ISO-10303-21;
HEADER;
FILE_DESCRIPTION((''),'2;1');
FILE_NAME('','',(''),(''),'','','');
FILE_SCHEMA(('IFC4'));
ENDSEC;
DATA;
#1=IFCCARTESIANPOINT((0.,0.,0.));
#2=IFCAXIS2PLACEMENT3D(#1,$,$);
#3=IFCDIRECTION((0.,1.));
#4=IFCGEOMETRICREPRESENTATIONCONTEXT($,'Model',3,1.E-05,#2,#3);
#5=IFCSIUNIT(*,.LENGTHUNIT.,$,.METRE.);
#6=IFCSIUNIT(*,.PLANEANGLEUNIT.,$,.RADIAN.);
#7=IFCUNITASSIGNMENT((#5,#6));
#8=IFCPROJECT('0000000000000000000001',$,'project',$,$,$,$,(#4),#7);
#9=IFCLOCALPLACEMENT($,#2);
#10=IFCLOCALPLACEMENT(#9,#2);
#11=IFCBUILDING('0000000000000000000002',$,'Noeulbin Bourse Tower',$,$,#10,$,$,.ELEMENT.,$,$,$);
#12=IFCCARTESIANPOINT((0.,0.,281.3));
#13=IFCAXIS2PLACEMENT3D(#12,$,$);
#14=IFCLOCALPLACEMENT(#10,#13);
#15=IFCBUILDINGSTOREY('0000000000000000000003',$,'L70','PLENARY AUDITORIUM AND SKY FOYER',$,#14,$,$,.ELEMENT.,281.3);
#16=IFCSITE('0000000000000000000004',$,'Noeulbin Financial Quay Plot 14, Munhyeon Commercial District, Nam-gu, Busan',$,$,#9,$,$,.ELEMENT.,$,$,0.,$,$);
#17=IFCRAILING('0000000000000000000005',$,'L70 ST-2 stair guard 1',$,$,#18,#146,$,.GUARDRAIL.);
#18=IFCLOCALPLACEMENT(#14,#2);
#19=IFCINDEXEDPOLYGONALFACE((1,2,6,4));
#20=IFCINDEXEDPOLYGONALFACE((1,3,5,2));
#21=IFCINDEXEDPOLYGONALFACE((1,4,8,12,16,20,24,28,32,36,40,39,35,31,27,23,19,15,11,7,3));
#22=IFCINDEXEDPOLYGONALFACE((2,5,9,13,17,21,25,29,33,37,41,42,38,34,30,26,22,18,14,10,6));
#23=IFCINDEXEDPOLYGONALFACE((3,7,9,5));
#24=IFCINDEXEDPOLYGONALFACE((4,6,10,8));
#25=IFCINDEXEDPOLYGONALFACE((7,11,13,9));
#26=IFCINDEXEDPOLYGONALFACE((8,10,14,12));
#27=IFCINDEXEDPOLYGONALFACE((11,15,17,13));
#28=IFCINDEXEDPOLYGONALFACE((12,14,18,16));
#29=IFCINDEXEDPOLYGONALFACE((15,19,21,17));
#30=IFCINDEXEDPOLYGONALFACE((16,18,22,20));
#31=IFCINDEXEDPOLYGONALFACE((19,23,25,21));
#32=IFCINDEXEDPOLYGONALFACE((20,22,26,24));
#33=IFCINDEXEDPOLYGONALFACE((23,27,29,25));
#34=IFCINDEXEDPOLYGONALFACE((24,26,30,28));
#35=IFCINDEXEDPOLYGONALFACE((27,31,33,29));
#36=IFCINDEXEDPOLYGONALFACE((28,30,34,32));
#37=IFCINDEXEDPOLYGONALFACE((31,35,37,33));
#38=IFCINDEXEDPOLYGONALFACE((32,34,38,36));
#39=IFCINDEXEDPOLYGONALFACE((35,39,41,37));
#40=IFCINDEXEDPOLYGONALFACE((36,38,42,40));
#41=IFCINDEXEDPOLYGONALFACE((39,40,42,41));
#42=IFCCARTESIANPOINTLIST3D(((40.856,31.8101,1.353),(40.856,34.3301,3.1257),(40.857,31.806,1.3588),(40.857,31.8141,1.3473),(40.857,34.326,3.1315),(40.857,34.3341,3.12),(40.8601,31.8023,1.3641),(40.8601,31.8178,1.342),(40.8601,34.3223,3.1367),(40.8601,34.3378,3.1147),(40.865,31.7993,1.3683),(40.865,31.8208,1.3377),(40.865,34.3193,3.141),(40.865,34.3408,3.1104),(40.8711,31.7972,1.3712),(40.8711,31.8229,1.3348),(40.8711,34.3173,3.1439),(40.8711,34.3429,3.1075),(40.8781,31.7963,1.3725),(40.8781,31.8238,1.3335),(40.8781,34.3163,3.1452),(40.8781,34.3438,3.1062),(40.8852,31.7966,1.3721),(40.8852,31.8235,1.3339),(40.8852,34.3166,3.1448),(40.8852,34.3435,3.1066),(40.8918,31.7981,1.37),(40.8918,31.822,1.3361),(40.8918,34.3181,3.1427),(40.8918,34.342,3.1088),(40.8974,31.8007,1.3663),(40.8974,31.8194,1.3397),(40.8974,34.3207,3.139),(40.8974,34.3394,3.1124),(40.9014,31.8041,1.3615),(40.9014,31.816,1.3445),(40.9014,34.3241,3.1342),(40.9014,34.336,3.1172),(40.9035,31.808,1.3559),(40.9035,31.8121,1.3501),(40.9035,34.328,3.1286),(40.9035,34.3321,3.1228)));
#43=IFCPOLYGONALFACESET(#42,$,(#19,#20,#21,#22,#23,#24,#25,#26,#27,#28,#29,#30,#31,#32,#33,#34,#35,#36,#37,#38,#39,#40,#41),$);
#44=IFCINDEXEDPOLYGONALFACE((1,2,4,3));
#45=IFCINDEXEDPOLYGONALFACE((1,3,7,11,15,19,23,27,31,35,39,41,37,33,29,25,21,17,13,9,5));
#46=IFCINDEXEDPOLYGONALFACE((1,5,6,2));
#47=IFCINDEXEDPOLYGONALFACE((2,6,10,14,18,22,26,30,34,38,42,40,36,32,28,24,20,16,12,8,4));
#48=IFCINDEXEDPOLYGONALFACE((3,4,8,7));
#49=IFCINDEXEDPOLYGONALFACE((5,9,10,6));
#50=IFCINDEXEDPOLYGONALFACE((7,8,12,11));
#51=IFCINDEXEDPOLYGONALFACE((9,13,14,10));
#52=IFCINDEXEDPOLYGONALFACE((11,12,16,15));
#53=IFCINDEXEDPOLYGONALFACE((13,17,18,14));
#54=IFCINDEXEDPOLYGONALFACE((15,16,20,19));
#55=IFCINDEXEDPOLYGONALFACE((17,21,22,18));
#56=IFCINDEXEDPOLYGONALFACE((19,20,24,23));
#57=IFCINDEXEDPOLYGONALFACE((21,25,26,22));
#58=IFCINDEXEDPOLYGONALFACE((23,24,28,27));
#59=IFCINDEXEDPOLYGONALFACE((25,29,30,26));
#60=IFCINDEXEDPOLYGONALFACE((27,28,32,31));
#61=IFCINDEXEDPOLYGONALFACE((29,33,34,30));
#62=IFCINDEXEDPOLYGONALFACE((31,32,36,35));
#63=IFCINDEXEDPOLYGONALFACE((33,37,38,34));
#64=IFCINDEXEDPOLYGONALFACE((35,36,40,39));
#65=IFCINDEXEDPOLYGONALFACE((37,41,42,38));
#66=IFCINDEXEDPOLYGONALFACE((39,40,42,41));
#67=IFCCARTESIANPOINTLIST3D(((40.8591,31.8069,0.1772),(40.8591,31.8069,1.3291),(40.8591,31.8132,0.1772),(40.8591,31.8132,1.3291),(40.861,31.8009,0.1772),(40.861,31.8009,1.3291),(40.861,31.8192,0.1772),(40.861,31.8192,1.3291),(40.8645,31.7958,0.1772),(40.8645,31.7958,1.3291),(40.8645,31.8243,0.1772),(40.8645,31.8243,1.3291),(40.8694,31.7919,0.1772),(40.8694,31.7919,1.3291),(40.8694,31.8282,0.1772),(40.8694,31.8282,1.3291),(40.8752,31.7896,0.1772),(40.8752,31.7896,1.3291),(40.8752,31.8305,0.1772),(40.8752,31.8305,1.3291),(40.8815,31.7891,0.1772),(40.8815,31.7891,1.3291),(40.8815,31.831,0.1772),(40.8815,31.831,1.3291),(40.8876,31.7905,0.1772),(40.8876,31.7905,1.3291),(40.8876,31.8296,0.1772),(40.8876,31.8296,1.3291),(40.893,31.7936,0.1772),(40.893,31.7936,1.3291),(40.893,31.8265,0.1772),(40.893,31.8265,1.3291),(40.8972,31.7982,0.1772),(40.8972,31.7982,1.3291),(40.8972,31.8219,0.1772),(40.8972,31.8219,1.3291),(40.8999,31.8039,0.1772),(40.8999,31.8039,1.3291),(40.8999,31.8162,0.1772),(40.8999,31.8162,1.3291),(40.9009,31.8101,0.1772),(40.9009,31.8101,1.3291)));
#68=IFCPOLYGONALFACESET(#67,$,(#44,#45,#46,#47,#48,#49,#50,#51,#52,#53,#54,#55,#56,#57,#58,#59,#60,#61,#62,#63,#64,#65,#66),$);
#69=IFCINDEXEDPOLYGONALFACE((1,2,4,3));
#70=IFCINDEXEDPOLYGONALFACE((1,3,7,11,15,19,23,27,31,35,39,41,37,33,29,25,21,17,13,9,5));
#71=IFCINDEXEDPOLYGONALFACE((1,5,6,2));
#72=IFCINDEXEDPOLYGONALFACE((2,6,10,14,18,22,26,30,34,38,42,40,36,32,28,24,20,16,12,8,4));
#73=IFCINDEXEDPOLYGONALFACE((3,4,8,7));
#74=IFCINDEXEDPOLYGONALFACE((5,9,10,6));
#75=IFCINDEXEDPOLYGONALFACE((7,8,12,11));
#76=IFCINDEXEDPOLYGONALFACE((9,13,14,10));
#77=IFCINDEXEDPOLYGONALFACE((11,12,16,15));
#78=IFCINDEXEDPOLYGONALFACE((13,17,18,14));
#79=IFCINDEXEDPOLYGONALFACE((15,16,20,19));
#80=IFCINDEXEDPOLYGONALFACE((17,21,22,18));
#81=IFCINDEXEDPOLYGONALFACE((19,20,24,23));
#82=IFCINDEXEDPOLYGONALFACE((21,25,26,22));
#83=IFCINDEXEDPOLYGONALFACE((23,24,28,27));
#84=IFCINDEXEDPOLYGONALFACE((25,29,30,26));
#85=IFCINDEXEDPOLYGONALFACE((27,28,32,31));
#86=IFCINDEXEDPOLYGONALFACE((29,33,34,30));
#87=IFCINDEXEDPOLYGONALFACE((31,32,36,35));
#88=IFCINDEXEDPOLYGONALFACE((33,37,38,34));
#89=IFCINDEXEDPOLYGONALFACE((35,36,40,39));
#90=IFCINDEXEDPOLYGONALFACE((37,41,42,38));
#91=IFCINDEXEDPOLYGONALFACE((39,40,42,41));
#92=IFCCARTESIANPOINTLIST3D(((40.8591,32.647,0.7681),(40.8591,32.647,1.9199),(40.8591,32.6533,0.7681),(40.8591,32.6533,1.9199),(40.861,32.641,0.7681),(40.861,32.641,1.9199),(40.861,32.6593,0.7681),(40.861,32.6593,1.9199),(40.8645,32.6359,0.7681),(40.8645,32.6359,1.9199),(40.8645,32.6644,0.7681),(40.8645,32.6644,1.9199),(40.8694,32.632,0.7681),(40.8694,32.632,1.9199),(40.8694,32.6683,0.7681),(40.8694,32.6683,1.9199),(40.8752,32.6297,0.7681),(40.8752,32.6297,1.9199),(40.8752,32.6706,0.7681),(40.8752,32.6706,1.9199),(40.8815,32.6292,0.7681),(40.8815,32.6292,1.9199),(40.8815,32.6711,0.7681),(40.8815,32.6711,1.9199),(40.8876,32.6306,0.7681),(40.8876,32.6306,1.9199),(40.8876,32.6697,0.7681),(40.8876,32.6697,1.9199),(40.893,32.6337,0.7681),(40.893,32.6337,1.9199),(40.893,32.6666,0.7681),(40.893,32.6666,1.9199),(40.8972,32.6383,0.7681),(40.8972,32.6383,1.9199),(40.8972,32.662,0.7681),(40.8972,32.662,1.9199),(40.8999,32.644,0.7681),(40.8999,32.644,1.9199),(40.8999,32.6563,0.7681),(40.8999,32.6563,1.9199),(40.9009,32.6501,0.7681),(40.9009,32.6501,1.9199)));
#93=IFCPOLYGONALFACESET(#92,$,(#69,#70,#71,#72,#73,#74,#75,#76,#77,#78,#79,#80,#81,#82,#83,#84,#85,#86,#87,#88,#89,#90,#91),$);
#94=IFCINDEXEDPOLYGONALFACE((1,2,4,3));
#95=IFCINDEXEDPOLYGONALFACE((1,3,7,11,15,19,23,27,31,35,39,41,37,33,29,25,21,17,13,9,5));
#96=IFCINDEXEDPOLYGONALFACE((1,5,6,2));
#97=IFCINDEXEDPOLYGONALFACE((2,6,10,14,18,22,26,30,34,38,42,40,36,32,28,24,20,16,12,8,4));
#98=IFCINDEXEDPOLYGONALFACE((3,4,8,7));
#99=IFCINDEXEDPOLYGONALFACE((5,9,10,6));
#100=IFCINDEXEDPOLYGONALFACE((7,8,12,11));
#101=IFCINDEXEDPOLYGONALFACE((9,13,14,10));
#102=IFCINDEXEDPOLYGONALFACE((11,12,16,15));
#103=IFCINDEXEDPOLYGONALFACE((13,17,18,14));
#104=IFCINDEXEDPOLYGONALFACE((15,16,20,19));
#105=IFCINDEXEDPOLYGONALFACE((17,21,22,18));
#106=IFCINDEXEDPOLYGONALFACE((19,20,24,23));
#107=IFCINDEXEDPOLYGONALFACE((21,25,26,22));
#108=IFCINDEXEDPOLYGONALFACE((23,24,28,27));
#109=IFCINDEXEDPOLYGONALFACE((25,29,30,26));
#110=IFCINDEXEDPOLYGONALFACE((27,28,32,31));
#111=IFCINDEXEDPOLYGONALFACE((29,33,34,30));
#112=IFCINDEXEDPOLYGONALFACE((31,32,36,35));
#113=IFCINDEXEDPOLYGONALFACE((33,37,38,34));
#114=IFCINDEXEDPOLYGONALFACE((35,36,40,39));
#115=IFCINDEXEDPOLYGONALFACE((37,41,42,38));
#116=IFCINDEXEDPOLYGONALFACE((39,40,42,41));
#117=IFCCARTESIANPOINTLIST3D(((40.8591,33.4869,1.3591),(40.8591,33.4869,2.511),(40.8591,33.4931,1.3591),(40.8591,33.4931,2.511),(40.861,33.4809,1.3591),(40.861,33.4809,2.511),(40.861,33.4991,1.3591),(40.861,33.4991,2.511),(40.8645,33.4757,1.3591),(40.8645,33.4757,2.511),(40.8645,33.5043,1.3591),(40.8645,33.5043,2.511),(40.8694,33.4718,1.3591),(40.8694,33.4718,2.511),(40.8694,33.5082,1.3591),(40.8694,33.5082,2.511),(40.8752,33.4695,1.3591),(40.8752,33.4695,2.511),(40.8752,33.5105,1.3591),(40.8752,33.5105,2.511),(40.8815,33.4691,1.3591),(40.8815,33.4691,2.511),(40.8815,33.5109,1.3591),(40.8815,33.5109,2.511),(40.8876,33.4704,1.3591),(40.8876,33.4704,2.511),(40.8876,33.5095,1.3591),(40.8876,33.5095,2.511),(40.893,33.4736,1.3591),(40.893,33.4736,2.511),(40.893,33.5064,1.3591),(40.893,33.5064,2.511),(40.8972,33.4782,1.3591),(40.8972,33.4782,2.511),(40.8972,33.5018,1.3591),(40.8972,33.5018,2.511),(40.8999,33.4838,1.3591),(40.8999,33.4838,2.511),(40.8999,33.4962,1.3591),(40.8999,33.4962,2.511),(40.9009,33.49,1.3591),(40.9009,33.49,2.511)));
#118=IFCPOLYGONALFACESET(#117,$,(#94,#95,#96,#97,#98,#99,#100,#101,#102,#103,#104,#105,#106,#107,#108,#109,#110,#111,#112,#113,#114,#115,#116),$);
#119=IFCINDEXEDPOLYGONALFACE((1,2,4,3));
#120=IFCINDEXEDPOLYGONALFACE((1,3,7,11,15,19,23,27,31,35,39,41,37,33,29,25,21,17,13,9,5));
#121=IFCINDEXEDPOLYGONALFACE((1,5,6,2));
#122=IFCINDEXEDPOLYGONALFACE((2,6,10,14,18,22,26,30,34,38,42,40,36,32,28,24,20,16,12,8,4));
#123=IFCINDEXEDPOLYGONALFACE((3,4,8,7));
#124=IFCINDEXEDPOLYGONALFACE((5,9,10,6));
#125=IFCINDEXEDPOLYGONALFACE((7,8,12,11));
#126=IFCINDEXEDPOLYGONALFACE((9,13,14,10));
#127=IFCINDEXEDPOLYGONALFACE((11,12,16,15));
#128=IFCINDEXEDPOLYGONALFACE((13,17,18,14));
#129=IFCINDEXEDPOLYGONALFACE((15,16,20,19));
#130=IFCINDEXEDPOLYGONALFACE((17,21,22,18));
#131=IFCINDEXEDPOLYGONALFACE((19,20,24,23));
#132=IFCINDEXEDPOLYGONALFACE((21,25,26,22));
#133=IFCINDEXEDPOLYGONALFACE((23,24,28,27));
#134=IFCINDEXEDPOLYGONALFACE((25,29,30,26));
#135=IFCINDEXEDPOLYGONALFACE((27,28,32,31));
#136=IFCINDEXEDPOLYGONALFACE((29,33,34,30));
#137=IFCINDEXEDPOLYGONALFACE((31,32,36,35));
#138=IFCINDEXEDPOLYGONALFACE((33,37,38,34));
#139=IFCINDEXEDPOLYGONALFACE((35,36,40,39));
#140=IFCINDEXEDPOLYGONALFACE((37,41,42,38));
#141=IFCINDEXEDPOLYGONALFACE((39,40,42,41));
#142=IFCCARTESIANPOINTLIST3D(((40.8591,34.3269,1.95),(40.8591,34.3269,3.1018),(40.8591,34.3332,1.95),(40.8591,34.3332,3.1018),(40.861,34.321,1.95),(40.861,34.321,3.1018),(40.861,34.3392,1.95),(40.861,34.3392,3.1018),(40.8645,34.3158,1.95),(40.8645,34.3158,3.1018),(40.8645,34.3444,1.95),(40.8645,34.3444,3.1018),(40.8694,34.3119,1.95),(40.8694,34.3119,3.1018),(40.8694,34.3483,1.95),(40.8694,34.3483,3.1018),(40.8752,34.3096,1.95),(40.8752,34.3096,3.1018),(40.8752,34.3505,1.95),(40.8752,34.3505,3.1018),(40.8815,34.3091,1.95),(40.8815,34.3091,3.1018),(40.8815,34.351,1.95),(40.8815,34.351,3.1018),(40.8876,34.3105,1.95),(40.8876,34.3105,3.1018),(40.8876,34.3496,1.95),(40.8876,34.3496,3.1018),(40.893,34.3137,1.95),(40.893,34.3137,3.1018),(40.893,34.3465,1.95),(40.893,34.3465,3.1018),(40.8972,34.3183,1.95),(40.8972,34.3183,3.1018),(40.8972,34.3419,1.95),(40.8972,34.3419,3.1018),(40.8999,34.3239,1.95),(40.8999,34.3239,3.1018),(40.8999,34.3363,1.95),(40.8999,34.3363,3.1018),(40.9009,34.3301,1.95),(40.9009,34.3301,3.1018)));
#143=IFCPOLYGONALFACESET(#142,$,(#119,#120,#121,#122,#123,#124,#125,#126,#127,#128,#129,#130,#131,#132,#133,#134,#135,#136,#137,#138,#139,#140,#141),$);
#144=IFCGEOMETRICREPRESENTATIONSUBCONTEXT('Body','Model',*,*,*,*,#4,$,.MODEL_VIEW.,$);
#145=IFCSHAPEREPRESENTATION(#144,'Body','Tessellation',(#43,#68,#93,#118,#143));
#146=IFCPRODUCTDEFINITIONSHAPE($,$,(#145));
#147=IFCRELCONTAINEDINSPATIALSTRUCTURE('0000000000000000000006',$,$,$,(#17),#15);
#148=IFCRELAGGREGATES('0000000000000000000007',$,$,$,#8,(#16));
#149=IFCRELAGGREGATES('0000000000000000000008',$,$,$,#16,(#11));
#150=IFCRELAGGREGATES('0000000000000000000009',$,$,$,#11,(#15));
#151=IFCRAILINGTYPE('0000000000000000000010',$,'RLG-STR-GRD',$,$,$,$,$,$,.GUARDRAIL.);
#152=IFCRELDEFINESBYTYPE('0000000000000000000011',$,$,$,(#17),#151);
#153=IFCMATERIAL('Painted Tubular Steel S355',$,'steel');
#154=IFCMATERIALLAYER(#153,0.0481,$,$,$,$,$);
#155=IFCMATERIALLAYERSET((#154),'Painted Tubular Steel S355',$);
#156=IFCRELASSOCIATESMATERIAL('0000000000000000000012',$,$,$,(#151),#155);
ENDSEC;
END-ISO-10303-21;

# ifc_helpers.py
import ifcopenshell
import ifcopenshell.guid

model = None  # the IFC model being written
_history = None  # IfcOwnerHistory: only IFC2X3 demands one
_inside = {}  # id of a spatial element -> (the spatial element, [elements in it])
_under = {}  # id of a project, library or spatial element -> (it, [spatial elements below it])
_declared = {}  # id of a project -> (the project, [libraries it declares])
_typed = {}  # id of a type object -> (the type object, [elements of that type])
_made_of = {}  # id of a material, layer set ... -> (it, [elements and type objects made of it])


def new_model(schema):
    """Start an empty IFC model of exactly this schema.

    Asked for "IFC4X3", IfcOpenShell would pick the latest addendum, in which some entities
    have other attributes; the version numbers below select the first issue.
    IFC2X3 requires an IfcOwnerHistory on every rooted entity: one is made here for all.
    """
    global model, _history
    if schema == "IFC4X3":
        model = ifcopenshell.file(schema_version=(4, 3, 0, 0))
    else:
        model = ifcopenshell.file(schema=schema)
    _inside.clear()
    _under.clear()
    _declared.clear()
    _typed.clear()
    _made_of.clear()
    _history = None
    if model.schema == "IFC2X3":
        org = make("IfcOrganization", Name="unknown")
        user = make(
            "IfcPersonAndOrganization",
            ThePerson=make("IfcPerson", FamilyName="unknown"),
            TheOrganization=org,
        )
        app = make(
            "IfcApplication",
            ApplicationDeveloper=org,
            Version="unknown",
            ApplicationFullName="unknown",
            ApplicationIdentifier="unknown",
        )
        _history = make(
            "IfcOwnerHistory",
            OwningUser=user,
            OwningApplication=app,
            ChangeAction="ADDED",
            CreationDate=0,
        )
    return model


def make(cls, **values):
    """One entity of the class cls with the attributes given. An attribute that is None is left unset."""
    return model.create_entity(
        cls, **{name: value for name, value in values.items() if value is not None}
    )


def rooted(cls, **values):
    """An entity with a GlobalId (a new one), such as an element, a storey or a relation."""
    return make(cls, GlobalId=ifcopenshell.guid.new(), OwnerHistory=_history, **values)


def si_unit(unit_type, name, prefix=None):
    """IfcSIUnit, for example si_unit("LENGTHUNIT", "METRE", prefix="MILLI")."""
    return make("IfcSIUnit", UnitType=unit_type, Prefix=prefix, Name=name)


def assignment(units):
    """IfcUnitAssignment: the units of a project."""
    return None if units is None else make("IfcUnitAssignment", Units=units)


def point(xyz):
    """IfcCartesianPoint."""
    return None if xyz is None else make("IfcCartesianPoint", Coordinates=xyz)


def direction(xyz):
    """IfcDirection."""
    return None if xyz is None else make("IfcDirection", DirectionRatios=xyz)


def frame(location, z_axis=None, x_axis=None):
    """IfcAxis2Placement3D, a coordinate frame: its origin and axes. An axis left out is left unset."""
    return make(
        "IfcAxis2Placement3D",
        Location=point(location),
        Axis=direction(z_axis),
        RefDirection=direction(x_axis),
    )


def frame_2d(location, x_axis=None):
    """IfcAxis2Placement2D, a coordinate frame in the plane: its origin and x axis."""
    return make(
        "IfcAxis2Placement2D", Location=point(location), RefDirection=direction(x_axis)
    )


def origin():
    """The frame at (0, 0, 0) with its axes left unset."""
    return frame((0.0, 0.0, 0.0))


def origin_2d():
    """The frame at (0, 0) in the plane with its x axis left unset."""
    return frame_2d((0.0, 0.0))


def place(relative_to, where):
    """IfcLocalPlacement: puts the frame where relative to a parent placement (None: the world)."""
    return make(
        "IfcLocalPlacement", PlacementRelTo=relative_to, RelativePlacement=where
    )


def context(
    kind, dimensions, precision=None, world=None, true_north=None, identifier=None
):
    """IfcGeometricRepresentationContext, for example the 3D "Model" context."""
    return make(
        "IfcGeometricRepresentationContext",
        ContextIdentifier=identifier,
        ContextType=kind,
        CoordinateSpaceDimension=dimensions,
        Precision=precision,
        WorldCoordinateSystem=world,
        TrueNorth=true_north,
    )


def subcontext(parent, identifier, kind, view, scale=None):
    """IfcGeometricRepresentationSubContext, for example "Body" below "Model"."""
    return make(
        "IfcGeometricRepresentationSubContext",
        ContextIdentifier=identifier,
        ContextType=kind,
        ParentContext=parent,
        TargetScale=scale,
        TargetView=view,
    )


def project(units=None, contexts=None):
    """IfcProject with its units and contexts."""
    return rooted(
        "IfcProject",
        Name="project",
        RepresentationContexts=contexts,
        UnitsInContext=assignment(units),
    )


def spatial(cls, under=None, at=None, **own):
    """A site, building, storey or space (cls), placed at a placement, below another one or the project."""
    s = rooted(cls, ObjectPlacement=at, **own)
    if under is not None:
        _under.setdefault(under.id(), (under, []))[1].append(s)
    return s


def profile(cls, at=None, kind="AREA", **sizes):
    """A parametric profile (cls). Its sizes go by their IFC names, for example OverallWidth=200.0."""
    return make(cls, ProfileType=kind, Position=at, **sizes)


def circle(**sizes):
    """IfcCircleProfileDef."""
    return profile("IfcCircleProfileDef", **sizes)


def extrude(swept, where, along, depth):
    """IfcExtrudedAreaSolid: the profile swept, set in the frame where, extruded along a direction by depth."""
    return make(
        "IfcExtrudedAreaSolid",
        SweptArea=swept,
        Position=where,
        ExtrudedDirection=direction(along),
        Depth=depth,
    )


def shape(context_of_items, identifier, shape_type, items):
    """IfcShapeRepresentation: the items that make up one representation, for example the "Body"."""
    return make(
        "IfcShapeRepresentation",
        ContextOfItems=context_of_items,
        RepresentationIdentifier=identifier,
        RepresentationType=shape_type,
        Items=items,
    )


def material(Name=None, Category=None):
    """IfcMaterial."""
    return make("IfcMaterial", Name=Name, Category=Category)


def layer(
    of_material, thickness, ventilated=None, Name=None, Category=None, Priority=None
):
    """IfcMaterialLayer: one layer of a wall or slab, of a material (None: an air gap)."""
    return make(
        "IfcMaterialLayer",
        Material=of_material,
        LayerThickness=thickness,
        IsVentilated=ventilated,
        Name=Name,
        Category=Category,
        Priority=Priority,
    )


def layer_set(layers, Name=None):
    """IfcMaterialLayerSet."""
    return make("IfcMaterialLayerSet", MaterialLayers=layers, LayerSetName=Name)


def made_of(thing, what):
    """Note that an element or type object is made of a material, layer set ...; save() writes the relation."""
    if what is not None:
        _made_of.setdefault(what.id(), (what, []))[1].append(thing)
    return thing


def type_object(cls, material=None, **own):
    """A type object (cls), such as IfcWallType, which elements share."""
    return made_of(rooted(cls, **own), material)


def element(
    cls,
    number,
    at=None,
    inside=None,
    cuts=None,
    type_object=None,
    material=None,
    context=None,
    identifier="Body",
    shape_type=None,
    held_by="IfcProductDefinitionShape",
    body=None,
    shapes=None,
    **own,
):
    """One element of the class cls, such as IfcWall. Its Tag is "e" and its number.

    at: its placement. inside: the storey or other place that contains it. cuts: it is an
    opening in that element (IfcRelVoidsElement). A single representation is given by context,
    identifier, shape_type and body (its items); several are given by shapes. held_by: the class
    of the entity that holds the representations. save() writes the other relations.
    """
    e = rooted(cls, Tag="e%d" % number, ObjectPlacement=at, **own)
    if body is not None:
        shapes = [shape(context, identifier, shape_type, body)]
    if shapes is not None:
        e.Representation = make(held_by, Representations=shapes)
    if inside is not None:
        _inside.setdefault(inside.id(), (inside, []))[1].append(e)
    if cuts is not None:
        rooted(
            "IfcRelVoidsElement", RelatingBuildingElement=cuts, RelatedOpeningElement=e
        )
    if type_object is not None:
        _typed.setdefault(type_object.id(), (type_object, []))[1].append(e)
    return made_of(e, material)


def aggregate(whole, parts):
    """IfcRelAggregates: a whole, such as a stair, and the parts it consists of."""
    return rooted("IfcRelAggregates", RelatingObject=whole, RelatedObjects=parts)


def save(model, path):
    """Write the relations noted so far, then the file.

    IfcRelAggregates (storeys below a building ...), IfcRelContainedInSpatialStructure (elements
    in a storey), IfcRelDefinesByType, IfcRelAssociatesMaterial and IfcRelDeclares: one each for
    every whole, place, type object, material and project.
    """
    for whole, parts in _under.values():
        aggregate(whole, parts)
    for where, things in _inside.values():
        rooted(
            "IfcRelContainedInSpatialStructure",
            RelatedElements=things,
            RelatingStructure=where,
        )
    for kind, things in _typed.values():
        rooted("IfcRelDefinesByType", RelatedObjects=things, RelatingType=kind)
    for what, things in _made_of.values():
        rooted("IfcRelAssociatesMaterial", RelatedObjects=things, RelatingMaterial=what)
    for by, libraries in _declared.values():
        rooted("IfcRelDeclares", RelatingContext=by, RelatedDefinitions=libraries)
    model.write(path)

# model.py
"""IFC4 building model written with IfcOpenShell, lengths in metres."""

from ifc_helpers import new_model, si_unit, direction, frame, origin, origin_2d, place, context, subcontext, project, spatial, circle, extrude, material, layer, layer_set, type_object, element, save


model = new_model("IFC4")

# Units and contexts
model_context = context("Model", 3, precision=1e-05, world=origin(), true_north=direction((0.0, 1.0)))
body_context = subcontext(model_context, "Body", "Model", "MODEL_VIEW")
ifc_project = project(units=[si_unit("LENGTHUNIT", "METRE"), si_unit("PLANEANGLEUNIT", "RADIAN")], contexts=[model_context])

# Site, building, storey
site_placement = place(None, origin())
site = spatial("IfcSite", under=ifc_project, at=site_placement, Name="Noeulbin Financial Quay Plot 14, Munhyeon Commercial District, Nam-gu, Busan", CompositionType="ELEMENT", RefElevation=0.0)
building_placement = place(site_placement, origin())
building = spatial("IfcBuilding", under=site, at=building_placement, Name="Noeulbin Bourse Tower", CompositionType="ELEMENT")
storey_placement = place(building_placement, frame((0.0, 0.0, 281.3)))
storey = spatial("IfcBuildingStorey", under=building, at=storey_placement, Name="L70", Description="PLENARY AUDITORIUM AND SKY FOYER", CompositionType="ELEMENT", Elevation=281.3)

# Railing
ifc_material_1 = material(Name="Painted Tubular Steel S355", Category="steel")
ifc_layer_1 = layer(ifc_material_1, 0.0481)
ifc_layer_set_1 = layer_set([ifc_layer_1], Name="Painted Tubular Steel S355")
railing_type_1 = type_object("IfcRailingType", Name="RLG-STR-GRD", PredefinedType="GUARDRAIL", material=ifc_layer_set_1)
railing_1_placement = place(storey_placement, frame((40.8799, 31.8101, 0.1772)))
element("IfcRailing", 1, at=railing_1_placement, inside=storey, type_object=railing_type_1, Name="L70 ST-2 stair guard 1", PredefinedType="GUARDRAIL", context=body_context, shape_type="SweptSolid", body=[
    extrude(circle(Radius=0.0239, at=origin_2d()), frame((0.0, 0.0, 1.1758), z_axis=(0.0, 0.817904, 0.575354), x_axis=(-1.0, 0.0, 0.0)), (0.0, 0.0, 1.0), 3.0811),
    extrude(circle(Radius=0.021, at=origin_2d()), origin(), (0.0, 0.0, 1.0), 1.1519),
    extrude(circle(Radius=0.021, at=origin_2d()), frame((0.0, 0.8401, 0.5908)), (0.0, 0.0, 1.0), 1.1519),
    extrude(circle(Radius=0.021, at=origin_2d()), frame((0.0, 1.6799, 1.1819)), (0.0, 0.0, 1.0), 1.1519),
    extrude(circle(Radius=0.021, at=origin_2d()), frame((0.0, 2.52, 1.7727)), (0.0, 0.0, 1.0), 1.1519),
])

save(model, "model.ifc")
